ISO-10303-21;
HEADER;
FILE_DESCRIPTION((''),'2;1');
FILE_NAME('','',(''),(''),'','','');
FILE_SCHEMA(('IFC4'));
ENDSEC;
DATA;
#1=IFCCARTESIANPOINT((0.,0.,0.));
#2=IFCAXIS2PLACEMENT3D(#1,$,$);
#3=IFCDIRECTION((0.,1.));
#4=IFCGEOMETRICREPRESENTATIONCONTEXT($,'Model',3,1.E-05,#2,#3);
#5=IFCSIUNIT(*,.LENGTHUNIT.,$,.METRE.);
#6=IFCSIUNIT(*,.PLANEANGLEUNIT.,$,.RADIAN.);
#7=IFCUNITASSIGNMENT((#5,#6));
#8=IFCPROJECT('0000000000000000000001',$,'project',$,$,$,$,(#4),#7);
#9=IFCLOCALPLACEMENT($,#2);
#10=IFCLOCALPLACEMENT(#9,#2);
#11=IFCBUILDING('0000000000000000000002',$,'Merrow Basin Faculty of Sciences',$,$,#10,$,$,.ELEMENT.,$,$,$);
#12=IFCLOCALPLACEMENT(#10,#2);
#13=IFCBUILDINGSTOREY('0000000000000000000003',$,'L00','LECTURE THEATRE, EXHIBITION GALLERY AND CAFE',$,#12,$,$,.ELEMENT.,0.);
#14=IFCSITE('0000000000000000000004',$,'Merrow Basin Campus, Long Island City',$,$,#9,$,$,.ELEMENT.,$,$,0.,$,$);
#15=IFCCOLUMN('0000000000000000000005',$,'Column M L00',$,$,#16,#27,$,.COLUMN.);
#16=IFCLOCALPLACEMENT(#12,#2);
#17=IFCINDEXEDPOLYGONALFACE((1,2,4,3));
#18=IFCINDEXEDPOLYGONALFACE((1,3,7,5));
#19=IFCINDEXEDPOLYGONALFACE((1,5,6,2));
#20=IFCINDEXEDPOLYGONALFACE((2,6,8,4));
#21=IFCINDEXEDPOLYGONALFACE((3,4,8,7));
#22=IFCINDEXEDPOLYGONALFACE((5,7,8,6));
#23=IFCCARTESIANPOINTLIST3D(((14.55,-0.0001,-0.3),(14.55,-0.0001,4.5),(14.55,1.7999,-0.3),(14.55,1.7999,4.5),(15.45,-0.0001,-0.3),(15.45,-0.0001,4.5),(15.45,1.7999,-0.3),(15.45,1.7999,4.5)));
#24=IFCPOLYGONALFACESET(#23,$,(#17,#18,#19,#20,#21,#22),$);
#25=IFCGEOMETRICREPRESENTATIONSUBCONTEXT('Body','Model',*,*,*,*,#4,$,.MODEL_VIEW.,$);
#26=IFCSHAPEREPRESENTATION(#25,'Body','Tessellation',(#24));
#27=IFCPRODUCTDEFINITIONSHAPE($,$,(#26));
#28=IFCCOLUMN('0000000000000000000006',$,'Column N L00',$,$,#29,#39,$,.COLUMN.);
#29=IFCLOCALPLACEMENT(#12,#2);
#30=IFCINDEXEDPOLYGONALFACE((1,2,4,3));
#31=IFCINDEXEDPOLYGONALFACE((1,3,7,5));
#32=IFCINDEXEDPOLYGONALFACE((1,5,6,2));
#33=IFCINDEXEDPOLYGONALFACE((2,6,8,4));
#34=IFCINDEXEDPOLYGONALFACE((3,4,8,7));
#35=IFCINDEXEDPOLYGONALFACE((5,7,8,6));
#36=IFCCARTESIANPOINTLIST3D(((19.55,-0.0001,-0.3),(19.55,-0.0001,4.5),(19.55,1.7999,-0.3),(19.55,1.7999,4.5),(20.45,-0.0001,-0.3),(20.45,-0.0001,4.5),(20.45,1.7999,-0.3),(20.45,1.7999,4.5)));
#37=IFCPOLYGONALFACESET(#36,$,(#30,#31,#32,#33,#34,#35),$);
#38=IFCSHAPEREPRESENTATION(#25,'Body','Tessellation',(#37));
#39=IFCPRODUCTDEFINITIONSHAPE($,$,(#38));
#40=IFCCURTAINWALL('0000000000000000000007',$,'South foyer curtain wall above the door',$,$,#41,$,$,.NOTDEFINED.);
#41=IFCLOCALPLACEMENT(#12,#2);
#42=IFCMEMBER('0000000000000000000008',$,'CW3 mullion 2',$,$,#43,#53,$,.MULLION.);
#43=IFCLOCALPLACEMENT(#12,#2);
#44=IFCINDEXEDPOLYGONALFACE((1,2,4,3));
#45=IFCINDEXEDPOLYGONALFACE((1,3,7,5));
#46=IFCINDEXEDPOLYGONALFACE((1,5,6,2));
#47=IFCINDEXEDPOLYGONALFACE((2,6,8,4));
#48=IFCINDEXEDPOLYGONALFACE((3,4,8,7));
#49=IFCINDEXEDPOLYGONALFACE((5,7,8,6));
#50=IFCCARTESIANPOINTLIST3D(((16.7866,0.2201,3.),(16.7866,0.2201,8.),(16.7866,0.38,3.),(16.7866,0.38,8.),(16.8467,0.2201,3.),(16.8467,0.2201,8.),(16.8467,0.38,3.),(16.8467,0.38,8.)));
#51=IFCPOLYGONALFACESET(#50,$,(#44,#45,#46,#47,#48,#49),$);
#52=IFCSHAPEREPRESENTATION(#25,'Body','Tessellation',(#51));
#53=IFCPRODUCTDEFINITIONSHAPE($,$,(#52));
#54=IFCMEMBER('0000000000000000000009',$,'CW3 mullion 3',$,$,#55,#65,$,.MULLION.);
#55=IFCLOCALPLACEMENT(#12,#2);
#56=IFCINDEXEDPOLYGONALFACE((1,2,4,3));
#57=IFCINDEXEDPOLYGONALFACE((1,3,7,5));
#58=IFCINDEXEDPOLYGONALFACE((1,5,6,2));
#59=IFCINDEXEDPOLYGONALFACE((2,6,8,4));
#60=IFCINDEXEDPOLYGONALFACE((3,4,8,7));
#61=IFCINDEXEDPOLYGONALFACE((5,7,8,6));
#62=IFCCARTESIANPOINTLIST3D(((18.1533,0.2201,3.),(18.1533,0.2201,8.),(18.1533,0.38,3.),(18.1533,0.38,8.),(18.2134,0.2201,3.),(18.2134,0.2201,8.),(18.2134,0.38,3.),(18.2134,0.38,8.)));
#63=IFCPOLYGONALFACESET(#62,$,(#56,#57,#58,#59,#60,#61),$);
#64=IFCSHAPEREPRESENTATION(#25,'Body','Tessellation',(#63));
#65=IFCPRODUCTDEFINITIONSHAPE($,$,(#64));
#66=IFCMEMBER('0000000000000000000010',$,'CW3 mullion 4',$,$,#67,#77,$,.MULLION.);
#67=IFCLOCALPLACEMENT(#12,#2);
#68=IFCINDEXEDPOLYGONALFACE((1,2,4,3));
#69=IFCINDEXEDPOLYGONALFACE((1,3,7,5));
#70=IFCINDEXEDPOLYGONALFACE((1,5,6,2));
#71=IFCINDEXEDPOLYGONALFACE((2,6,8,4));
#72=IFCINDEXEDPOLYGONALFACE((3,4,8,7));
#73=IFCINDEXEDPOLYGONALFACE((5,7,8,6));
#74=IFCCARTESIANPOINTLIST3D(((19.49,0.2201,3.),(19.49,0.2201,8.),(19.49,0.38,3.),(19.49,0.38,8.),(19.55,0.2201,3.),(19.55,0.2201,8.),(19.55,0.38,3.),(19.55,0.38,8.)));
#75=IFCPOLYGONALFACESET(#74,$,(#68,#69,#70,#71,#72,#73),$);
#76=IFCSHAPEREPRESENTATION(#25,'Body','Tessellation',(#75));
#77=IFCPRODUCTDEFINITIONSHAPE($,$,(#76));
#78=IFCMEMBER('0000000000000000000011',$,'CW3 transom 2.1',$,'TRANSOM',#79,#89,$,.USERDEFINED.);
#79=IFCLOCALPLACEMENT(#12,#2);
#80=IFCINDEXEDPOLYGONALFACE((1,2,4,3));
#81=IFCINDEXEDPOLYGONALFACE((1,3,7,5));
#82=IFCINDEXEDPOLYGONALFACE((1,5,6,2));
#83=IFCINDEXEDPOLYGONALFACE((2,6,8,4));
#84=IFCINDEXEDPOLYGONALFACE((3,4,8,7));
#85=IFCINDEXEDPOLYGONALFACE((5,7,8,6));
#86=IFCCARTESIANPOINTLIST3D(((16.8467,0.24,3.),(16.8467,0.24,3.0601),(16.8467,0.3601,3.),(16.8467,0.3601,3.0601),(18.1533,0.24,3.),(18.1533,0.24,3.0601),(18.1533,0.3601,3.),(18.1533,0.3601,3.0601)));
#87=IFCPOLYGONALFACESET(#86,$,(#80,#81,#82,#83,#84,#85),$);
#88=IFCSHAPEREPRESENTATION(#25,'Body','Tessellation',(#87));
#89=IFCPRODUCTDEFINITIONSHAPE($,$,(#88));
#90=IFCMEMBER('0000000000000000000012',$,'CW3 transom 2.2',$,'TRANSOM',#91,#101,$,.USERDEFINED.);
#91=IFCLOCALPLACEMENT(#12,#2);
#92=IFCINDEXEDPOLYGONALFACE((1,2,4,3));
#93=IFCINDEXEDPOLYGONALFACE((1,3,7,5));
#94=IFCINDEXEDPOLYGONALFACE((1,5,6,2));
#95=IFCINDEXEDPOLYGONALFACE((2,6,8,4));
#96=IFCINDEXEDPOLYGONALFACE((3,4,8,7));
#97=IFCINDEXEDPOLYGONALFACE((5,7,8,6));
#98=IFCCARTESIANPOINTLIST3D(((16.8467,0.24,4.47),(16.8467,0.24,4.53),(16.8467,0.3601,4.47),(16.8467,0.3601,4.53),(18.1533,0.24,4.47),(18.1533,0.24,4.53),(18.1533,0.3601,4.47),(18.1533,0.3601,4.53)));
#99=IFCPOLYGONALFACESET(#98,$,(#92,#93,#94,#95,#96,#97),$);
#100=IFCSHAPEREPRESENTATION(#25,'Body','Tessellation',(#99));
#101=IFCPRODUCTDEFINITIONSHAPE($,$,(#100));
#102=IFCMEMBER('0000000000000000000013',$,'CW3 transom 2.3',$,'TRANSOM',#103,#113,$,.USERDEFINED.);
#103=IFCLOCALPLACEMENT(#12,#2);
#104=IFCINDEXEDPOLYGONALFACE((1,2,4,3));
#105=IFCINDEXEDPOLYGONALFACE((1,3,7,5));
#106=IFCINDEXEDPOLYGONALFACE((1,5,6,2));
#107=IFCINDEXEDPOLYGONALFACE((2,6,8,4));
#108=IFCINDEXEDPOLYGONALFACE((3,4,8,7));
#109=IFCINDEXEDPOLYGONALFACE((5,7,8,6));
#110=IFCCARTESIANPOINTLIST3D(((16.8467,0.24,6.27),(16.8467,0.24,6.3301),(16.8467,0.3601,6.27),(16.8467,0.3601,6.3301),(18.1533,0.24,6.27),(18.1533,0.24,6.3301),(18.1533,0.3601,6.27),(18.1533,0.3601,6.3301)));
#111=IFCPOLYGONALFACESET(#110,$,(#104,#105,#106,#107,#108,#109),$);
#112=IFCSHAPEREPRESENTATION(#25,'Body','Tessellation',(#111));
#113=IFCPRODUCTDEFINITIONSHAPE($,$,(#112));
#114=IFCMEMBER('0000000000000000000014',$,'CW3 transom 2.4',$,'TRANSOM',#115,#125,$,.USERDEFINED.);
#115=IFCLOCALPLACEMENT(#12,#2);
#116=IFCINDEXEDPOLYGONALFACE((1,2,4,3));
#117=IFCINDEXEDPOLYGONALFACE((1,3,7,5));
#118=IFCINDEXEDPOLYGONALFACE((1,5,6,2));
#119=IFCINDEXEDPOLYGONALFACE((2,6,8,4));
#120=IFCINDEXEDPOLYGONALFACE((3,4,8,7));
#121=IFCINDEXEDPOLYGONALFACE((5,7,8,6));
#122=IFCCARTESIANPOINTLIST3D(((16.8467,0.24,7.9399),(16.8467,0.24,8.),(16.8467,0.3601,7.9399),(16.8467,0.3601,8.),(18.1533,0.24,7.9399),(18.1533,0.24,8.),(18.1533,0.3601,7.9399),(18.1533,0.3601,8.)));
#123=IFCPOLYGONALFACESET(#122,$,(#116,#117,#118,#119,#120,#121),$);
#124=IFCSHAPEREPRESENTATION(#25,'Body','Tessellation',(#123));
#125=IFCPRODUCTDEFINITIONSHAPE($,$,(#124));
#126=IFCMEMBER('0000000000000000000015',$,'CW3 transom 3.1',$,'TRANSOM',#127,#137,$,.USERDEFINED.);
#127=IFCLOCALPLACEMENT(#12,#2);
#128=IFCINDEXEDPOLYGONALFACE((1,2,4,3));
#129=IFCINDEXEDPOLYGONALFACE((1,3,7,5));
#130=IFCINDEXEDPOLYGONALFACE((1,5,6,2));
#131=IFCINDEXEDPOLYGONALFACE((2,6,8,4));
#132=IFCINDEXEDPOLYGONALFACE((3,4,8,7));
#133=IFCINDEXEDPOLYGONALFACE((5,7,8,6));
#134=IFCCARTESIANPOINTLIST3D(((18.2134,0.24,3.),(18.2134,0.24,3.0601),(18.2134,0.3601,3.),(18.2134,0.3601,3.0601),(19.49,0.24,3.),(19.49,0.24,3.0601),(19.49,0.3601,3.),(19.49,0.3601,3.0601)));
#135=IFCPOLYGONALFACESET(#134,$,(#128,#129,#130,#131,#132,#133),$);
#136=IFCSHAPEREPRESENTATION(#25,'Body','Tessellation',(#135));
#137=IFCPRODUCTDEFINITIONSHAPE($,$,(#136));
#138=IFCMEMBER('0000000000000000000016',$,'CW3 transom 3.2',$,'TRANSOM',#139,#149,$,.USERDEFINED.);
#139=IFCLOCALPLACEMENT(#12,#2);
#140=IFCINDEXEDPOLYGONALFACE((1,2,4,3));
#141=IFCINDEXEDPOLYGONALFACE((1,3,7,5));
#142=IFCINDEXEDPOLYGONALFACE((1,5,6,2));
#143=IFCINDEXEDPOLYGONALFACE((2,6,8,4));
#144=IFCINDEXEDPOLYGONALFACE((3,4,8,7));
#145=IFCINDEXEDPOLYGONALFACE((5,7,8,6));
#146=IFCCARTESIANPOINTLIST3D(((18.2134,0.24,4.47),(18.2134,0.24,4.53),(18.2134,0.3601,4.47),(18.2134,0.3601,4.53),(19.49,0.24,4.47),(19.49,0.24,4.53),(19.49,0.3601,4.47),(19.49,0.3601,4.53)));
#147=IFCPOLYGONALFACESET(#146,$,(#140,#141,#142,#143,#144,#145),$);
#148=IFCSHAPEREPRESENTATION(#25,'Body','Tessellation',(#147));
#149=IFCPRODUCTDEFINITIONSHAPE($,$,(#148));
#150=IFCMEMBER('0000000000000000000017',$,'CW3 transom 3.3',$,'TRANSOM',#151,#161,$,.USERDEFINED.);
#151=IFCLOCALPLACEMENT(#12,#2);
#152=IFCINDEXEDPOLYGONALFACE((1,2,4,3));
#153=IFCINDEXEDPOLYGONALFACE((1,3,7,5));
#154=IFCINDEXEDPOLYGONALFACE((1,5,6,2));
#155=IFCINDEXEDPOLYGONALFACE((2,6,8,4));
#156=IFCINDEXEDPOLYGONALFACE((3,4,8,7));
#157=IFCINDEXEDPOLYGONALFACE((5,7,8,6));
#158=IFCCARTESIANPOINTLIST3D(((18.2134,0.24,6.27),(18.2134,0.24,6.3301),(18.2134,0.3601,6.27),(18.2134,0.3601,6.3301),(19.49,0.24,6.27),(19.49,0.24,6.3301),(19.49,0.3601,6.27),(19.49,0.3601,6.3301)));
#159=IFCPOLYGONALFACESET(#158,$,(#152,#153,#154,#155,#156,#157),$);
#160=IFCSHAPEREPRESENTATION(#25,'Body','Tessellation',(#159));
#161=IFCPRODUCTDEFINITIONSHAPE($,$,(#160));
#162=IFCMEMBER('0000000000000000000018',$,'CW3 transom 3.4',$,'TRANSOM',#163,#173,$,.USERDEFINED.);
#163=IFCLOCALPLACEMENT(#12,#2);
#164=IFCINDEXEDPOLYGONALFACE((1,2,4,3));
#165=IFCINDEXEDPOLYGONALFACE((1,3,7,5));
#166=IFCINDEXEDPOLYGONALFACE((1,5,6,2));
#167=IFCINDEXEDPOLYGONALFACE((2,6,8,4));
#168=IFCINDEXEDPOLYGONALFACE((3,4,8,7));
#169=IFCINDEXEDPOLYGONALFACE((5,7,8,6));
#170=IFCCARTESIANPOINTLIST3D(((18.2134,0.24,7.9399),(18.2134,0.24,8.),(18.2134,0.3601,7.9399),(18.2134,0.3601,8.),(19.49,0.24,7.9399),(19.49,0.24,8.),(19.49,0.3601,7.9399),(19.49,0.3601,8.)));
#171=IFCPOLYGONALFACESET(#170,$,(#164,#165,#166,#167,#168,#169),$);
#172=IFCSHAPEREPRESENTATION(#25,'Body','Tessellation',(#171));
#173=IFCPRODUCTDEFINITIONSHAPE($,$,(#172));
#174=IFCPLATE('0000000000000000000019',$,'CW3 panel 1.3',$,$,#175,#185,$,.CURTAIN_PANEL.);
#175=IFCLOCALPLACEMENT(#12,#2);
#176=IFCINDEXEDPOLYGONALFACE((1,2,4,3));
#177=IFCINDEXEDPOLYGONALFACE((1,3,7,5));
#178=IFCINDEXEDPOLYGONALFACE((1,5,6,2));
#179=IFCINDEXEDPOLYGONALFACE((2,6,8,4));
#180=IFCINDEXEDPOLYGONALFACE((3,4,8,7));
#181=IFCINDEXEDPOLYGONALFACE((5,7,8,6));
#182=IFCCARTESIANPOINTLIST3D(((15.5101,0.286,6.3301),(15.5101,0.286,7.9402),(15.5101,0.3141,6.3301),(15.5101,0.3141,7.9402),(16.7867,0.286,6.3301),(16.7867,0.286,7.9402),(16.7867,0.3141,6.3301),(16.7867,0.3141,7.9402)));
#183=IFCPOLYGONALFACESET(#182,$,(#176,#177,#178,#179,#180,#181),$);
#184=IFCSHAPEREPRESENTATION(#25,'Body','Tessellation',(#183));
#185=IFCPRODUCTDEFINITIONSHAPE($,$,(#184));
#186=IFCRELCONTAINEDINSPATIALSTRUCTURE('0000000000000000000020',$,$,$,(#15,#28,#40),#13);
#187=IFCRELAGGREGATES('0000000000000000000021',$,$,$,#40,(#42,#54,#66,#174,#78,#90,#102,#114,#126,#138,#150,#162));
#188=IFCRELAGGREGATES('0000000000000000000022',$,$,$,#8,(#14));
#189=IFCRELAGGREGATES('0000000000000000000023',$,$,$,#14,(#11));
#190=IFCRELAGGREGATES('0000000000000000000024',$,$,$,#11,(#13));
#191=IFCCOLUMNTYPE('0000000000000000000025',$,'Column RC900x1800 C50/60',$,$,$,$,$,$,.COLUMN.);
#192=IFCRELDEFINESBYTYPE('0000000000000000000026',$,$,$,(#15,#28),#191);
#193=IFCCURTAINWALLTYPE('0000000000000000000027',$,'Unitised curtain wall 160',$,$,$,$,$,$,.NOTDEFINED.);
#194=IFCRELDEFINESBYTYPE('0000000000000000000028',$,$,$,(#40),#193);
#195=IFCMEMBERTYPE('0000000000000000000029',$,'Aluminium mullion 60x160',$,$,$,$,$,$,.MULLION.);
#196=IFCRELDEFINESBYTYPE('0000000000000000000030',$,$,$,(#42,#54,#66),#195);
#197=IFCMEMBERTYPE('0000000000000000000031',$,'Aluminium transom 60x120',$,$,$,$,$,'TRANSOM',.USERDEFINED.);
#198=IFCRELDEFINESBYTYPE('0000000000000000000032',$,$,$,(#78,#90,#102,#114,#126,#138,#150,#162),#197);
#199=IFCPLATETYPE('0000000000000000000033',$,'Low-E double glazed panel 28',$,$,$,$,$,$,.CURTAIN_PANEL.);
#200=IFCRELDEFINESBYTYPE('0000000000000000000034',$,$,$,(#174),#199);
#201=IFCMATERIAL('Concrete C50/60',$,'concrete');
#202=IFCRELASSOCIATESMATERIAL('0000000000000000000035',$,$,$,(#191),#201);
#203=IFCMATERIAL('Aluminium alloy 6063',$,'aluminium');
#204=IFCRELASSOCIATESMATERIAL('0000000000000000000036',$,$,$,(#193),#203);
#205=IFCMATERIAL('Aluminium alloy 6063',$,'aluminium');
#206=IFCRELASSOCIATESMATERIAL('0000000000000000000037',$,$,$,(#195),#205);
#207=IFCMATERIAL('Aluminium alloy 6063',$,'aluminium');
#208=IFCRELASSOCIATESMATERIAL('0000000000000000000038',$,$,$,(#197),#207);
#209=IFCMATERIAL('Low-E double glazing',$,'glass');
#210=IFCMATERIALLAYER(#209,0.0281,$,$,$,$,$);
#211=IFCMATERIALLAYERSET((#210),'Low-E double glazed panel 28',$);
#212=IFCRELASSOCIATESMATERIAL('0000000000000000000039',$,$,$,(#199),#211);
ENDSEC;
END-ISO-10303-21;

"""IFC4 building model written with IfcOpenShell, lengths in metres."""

from ifc_helpers import new_model, si_unit, direction, frame, origin, origin_2d, place, context, subcontext, project, spatial, rectangle, extrude, material, layer, layer_set, material_profile, profile_set, type_object, element, aggregate, save


model = new_model("IFC4")

# Units and contexts
model_context = context("Model", 3, precision=1e-05, world=origin(), true_north=direction((0.0, 1.0)))
body_context = subcontext(model_context, "Body", "Model", "MODEL_VIEW")
ifc_project = project(units=[si_unit("LENGTHUNIT", "METRE"), si_unit("PLANEANGLEUNIT", "RADIAN")], contexts=[model_context])

# Site, building, storey
site_placement = place(None, origin())
site = spatial("IfcSite", under=ifc_project, at=site_placement, Name="Merrow Basin Campus, Long Island City", CompositionType="ELEMENT", RefElevation=0.0)
building_placement = place(site_placement, origin())
building = spatial("IfcBuilding", under=site, at=building_placement, Name="Merrow Basin Faculty of Sciences", CompositionType="ELEMENT")
storey_placement = place(building_placement, origin())
storey = spatial("IfcBuildingStorey", under=building, at=storey_placement, Name="L00", Description="LECTURE THEATRE, EXHIBITION GALLERY AND CAFE", CompositionType="ELEMENT", Elevation=0.0)

# Columns
ifc_material_1 = material(Name="Concrete C50/60", Category="concrete")
ifc_material_profile_1 = material_profile(ifc_material_1, rectangle(XDim=0.8999, YDim=1.8, at=origin_2d()))
ifc_profile_set_1 = profile_set([ifc_material_profile_1], Name="Concrete C50/60")
column_type_1 = type_object("IfcColumnType", Name="Column RC900x1800 C50/60", PredefinedType="COLUMN", material=ifc_profile_set_1)
for number, where, z_axis, x_axis, name in (
    (1, (15.0, 0.8999, -0.3), (0.0, 0.0, 1.0), (1.0, 0.0, 0.0), "Column M L00"),
    (2, (20.0, 0.8999, -0.3), (0.0, 0.0, 1.0), (1.0, 0.0, 0.0), "Column N L00"),
):
    element("IfcColumn", number, at=place(storey_placement, frame(where, z_axis=z_axis, x_axis=x_axis)), inside=storey, type_object=column_type_1, Name=name, PredefinedType="COLUMN", context=body_context, shape_type="SweptSolid", body=[
        extrude(rectangle(XDim=0.8999, YDim=1.8, at=origin_2d()), origin(), (0.0, 0.0, 1.0), 4.8),
    ])

# Curtain wall, members, plate
ifc_material_2 = material(Name="Aluminium alloy 6063", Category="aluminium")
curtain_wall_type = type_object("IfcCurtainWallType", Name="Unitised curtain wall 160", PredefinedType="NOTDEFINED", material=ifc_material_2)
curtain_wall_placement = place(storey_placement, origin())
curtain_wall = element("IfcCurtainWall", 3, at=curtain_wall_placement, inside=storey, type_object=curtain_wall_type, Name="South foyer curtain wall above the door", PredefinedType="NOTDEFINED")
ifc_material_3 = material(Name="Aluminium alloy 6063", Category="aluminium")
ifc_material_profile_2 = material_profile(ifc_material_3, rectangle(XDim=0.1599, YDim=0.0601, at=origin_2d()))
ifc_profile_set_2 = profile_set([ifc_material_profile_2], Name="Aluminium alloy 6063")
member_type_1 = type_object("IfcMemberType", Name="Aluminium mullion 60x160", PredefinedType="MULLION", material=ifc_profile_set_2)
member_1_placement = place(storey_placement, frame((16.8167, 0.3, 3.0), z_axis=(0.0, 0.0, 1.0), x_axis=(0.0, 1.0, 0.0)))
member_1 = element("IfcMember", 4, at=member_1_placement, type_object=member_type_1, Name="CW3 mullion 2", PredefinedType="MULLION", context=body_context, shape_type="SweptSolid", body=[
    extrude(rectangle(XDim=0.1599, YDim=0.0601, at=origin_2d()), origin(), (0.0, 0.0, 1.0), 5.0),
])
member_2_placement = place(storey_placement, frame((18.1833, 0.3, 3.0), z_axis=(0.0, 0.0, 1.0), x_axis=(0.0, 1.0, 0.0)))
member_2 = element("IfcMember", 5, at=member_2_placement, type_object=member_type_1, Name="CW3 mullion 3", PredefinedType="MULLION", context=body_context, shape_type="SweptSolid", body=[
    extrude(rectangle(XDim=0.1599, YDim=0.0601, at=origin_2d()), origin(), (0.0, 0.0, 1.0), 5.0),
])
member_3_placement = place(storey_placement, frame((19.52, 0.3, 3.0), z_axis=(0.0, 0.0, 1.0), x_axis=(0.0, 1.0, 0.0)))
member_3 = element("IfcMember", 6, at=member_3_placement, type_object=member_type_1, Name="CW3 mullion 4", PredefinedType="MULLION", context=body_context, shape_type="SweptSolid", body=[
    extrude(rectangle(XDim=0.1599, YDim=0.0601, at=origin_2d()), origin(), (0.0, 0.0, 1.0), 5.0),
])
ifc_material_4 = material(Name="Aluminium alloy 6063", Category="aluminium")
ifc_material_profile_3 = material_profile(ifc_material_4, rectangle(XDim=0.1201, YDim=0.0601, at=origin_2d()))
ifc_profile_set_3 = profile_set([ifc_material_profile_3], Name="Aluminium alloy 6063")
member_type_2 = type_object("IfcMemberType", Name="Aluminium transom 60x120", ElementType="TRANSOM", PredefinedType="USERDEFINED", material=ifc_profile_set_3)
member_4_placement = place(storey_placement, frame((16.8467, 0.3, 3.03), z_axis=(1.0, 0.0, 0.0), x_axis=(0.0, 1.0, 0.0)))
member_4 = element("IfcMember", 7, at=member_4_placement, type_object=member_type_2, Name="CW3 transom 2.1", ObjectType="TRANSOM", PredefinedType="USERDEFINED", context=body_context, shape_type="SweptSolid", body=[
    extrude(rectangle(XDim=0.1201, YDim=0.0601, at=origin_2d()), origin(), (0.0, 0.0, 1.0), 1.3066),
])
member_5_placement = place(storey_placement, frame((16.8467, 0.3, 4.5), z_axis=(1.0, 0.0, 0.0), x_axis=(0.0, 1.0, 0.0)))
member_5 = element("IfcMember", 8, at=member_5_placement, type_object=member_type_2, Name="CW3 transom 2.2", ObjectType="TRANSOM", PredefinedType="USERDEFINED", context=body_context, shape_type="SweptSolid", body=[
    extrude(rectangle(XDim=0.1201, YDim=0.0601, at=origin_2d()), origin(), (0.0, 0.0, 1.0), 1.3066),
])
member_6_placement = place(storey_placement, frame((16.8467, 0.3, 6.3), z_axis=(1.0, 0.0, 0.0), x_axis=(0.0, 1.0, 0.0)))
member_6 = element("IfcMember", 9, at=member_6_placement, type_object=member_type_2, Name="CW3 transom 2.3", ObjectType="TRANSOM", PredefinedType="USERDEFINED", context=body_context, shape_type="SweptSolid", body=[
    extrude(rectangle(XDim=0.1201, YDim=0.0601, at=origin_2d()), origin(), (0.0, 0.0, 1.0), 1.3066),
])
member_7_placement = place(storey_placement, frame((16.8467, 0.3, 7.97), z_axis=(1.0, 0.0, 0.0), x_axis=(0.0, 1.0, 0.0)))
member_7 = element("IfcMember", 10, at=member_7_placement, type_object=member_type_2, Name="CW3 transom 2.4", ObjectType="TRANSOM", PredefinedType="USERDEFINED", context=body_context, shape_type="SweptSolid", body=[
    extrude(rectangle(XDim=0.1201, YDim=0.0601, at=origin_2d()), origin(), (0.0, 0.0, 1.0), 1.3066),
])
member_8_placement = place(storey_placement, frame((18.2134, 0.3, 3.03), z_axis=(1.0, 0.0, 0.0), x_axis=(0.0, 1.0, 0.0)))
member_8 = element("IfcMember", 11, at=member_8_placement, type_object=member_type_2, Name="CW3 transom 3.1", ObjectType="TRANSOM", PredefinedType="USERDEFINED", context=body_context, shape_type="SweptSolid", body=[
    extrude(rectangle(XDim=0.1201, YDim=0.0601, at=origin_2d()), origin(), (0.0, 0.0, 1.0), 1.2766),
])
member_9_placement = place(storey_placement, frame((18.2134, 0.3, 4.5), z_axis=(1.0, 0.0, 0.0), x_axis=(0.0, 1.0, 0.0)))
member_9 = element("IfcMember", 12, at=member_9_placement, type_object=member_type_2, Name="CW3 transom 3.2", ObjectType="TRANSOM", PredefinedType="USERDEFINED", context=body_context, shape_type="SweptSolid", body=[
    extrude(rectangle(XDim=0.1201, YDim=0.0601, at=origin_2d()), origin(), (0.0, 0.0, 1.0), 1.2766),
])
member_10_placement = place(storey_placement, frame((18.2134, 0.3, 6.3), z_axis=(1.0, 0.0, 0.0), x_axis=(0.0, 1.0, 0.0)))
member_10 = element("IfcMember", 13, at=member_10_placement, type_object=member_type_2, Name="CW3 transom 3.3", ObjectType="TRANSOM", PredefinedType="USERDEFINED", context=body_context, shape_type="SweptSolid", body=[
    extrude(rectangle(XDim=0.1201, YDim=0.0601, at=origin_2d()), origin(), (0.0, 0.0, 1.0), 1.2766),
])
member_11_placement = place(storey_placement, frame((18.2134, 0.3, 7.97), z_axis=(1.0, 0.0, 0.0), x_axis=(0.0, 1.0, 0.0)))
member_11 = element("IfcMember", 14, at=member_11_placement, type_object=member_type_2, Name="CW3 transom 3.4", ObjectType="TRANSOM", PredefinedType="USERDEFINED", context=body_context, shape_type="SweptSolid", body=[
    extrude(rectangle(XDim=0.1201, YDim=0.0601, at=origin_2d()), origin(), (0.0, 0.0, 1.0), 1.2766),
])
ifc_material_5 = material(Name="Low-E double glazing", Category="glass")
ifc_layer_1 = layer(ifc_material_5, 0.0281)
ifc_layer_set_1 = layer_set([ifc_layer_1], Name="Low-E double glazed panel 28")
plate_type = type_object("IfcPlateType", Name="Low-E double glazed panel 28", PredefinedType="CURTAIN_PANEL", material=ifc_layer_set_1)
plate_1_placement = place(storey_placement, frame((16.1484, 0.3, 6.3301), z_axis=(0.0, 0.0, 1.0), x_axis=(1.0, 0.0, 0.0)))
plate_1 = element("IfcPlate", 15, at=plate_1_placement, type_object=plate_type, Name="CW3 panel 1.3", PredefinedType="CURTAIN_PANEL", context=body_context, shape_type="SweptSolid", body=[
    extrude(rectangle(XDim=1.2766, YDim=0.0281, at=origin_2d()), origin(), (0.0, 0.0, 1.0), 1.6101),
])
aggregate(curtain_wall, [member_1, member_2, member_3, plate_1, member_4, member_5, member_6, member_7, member_8, member_9, member_10, member_11])

save(model, "model.ifc")
